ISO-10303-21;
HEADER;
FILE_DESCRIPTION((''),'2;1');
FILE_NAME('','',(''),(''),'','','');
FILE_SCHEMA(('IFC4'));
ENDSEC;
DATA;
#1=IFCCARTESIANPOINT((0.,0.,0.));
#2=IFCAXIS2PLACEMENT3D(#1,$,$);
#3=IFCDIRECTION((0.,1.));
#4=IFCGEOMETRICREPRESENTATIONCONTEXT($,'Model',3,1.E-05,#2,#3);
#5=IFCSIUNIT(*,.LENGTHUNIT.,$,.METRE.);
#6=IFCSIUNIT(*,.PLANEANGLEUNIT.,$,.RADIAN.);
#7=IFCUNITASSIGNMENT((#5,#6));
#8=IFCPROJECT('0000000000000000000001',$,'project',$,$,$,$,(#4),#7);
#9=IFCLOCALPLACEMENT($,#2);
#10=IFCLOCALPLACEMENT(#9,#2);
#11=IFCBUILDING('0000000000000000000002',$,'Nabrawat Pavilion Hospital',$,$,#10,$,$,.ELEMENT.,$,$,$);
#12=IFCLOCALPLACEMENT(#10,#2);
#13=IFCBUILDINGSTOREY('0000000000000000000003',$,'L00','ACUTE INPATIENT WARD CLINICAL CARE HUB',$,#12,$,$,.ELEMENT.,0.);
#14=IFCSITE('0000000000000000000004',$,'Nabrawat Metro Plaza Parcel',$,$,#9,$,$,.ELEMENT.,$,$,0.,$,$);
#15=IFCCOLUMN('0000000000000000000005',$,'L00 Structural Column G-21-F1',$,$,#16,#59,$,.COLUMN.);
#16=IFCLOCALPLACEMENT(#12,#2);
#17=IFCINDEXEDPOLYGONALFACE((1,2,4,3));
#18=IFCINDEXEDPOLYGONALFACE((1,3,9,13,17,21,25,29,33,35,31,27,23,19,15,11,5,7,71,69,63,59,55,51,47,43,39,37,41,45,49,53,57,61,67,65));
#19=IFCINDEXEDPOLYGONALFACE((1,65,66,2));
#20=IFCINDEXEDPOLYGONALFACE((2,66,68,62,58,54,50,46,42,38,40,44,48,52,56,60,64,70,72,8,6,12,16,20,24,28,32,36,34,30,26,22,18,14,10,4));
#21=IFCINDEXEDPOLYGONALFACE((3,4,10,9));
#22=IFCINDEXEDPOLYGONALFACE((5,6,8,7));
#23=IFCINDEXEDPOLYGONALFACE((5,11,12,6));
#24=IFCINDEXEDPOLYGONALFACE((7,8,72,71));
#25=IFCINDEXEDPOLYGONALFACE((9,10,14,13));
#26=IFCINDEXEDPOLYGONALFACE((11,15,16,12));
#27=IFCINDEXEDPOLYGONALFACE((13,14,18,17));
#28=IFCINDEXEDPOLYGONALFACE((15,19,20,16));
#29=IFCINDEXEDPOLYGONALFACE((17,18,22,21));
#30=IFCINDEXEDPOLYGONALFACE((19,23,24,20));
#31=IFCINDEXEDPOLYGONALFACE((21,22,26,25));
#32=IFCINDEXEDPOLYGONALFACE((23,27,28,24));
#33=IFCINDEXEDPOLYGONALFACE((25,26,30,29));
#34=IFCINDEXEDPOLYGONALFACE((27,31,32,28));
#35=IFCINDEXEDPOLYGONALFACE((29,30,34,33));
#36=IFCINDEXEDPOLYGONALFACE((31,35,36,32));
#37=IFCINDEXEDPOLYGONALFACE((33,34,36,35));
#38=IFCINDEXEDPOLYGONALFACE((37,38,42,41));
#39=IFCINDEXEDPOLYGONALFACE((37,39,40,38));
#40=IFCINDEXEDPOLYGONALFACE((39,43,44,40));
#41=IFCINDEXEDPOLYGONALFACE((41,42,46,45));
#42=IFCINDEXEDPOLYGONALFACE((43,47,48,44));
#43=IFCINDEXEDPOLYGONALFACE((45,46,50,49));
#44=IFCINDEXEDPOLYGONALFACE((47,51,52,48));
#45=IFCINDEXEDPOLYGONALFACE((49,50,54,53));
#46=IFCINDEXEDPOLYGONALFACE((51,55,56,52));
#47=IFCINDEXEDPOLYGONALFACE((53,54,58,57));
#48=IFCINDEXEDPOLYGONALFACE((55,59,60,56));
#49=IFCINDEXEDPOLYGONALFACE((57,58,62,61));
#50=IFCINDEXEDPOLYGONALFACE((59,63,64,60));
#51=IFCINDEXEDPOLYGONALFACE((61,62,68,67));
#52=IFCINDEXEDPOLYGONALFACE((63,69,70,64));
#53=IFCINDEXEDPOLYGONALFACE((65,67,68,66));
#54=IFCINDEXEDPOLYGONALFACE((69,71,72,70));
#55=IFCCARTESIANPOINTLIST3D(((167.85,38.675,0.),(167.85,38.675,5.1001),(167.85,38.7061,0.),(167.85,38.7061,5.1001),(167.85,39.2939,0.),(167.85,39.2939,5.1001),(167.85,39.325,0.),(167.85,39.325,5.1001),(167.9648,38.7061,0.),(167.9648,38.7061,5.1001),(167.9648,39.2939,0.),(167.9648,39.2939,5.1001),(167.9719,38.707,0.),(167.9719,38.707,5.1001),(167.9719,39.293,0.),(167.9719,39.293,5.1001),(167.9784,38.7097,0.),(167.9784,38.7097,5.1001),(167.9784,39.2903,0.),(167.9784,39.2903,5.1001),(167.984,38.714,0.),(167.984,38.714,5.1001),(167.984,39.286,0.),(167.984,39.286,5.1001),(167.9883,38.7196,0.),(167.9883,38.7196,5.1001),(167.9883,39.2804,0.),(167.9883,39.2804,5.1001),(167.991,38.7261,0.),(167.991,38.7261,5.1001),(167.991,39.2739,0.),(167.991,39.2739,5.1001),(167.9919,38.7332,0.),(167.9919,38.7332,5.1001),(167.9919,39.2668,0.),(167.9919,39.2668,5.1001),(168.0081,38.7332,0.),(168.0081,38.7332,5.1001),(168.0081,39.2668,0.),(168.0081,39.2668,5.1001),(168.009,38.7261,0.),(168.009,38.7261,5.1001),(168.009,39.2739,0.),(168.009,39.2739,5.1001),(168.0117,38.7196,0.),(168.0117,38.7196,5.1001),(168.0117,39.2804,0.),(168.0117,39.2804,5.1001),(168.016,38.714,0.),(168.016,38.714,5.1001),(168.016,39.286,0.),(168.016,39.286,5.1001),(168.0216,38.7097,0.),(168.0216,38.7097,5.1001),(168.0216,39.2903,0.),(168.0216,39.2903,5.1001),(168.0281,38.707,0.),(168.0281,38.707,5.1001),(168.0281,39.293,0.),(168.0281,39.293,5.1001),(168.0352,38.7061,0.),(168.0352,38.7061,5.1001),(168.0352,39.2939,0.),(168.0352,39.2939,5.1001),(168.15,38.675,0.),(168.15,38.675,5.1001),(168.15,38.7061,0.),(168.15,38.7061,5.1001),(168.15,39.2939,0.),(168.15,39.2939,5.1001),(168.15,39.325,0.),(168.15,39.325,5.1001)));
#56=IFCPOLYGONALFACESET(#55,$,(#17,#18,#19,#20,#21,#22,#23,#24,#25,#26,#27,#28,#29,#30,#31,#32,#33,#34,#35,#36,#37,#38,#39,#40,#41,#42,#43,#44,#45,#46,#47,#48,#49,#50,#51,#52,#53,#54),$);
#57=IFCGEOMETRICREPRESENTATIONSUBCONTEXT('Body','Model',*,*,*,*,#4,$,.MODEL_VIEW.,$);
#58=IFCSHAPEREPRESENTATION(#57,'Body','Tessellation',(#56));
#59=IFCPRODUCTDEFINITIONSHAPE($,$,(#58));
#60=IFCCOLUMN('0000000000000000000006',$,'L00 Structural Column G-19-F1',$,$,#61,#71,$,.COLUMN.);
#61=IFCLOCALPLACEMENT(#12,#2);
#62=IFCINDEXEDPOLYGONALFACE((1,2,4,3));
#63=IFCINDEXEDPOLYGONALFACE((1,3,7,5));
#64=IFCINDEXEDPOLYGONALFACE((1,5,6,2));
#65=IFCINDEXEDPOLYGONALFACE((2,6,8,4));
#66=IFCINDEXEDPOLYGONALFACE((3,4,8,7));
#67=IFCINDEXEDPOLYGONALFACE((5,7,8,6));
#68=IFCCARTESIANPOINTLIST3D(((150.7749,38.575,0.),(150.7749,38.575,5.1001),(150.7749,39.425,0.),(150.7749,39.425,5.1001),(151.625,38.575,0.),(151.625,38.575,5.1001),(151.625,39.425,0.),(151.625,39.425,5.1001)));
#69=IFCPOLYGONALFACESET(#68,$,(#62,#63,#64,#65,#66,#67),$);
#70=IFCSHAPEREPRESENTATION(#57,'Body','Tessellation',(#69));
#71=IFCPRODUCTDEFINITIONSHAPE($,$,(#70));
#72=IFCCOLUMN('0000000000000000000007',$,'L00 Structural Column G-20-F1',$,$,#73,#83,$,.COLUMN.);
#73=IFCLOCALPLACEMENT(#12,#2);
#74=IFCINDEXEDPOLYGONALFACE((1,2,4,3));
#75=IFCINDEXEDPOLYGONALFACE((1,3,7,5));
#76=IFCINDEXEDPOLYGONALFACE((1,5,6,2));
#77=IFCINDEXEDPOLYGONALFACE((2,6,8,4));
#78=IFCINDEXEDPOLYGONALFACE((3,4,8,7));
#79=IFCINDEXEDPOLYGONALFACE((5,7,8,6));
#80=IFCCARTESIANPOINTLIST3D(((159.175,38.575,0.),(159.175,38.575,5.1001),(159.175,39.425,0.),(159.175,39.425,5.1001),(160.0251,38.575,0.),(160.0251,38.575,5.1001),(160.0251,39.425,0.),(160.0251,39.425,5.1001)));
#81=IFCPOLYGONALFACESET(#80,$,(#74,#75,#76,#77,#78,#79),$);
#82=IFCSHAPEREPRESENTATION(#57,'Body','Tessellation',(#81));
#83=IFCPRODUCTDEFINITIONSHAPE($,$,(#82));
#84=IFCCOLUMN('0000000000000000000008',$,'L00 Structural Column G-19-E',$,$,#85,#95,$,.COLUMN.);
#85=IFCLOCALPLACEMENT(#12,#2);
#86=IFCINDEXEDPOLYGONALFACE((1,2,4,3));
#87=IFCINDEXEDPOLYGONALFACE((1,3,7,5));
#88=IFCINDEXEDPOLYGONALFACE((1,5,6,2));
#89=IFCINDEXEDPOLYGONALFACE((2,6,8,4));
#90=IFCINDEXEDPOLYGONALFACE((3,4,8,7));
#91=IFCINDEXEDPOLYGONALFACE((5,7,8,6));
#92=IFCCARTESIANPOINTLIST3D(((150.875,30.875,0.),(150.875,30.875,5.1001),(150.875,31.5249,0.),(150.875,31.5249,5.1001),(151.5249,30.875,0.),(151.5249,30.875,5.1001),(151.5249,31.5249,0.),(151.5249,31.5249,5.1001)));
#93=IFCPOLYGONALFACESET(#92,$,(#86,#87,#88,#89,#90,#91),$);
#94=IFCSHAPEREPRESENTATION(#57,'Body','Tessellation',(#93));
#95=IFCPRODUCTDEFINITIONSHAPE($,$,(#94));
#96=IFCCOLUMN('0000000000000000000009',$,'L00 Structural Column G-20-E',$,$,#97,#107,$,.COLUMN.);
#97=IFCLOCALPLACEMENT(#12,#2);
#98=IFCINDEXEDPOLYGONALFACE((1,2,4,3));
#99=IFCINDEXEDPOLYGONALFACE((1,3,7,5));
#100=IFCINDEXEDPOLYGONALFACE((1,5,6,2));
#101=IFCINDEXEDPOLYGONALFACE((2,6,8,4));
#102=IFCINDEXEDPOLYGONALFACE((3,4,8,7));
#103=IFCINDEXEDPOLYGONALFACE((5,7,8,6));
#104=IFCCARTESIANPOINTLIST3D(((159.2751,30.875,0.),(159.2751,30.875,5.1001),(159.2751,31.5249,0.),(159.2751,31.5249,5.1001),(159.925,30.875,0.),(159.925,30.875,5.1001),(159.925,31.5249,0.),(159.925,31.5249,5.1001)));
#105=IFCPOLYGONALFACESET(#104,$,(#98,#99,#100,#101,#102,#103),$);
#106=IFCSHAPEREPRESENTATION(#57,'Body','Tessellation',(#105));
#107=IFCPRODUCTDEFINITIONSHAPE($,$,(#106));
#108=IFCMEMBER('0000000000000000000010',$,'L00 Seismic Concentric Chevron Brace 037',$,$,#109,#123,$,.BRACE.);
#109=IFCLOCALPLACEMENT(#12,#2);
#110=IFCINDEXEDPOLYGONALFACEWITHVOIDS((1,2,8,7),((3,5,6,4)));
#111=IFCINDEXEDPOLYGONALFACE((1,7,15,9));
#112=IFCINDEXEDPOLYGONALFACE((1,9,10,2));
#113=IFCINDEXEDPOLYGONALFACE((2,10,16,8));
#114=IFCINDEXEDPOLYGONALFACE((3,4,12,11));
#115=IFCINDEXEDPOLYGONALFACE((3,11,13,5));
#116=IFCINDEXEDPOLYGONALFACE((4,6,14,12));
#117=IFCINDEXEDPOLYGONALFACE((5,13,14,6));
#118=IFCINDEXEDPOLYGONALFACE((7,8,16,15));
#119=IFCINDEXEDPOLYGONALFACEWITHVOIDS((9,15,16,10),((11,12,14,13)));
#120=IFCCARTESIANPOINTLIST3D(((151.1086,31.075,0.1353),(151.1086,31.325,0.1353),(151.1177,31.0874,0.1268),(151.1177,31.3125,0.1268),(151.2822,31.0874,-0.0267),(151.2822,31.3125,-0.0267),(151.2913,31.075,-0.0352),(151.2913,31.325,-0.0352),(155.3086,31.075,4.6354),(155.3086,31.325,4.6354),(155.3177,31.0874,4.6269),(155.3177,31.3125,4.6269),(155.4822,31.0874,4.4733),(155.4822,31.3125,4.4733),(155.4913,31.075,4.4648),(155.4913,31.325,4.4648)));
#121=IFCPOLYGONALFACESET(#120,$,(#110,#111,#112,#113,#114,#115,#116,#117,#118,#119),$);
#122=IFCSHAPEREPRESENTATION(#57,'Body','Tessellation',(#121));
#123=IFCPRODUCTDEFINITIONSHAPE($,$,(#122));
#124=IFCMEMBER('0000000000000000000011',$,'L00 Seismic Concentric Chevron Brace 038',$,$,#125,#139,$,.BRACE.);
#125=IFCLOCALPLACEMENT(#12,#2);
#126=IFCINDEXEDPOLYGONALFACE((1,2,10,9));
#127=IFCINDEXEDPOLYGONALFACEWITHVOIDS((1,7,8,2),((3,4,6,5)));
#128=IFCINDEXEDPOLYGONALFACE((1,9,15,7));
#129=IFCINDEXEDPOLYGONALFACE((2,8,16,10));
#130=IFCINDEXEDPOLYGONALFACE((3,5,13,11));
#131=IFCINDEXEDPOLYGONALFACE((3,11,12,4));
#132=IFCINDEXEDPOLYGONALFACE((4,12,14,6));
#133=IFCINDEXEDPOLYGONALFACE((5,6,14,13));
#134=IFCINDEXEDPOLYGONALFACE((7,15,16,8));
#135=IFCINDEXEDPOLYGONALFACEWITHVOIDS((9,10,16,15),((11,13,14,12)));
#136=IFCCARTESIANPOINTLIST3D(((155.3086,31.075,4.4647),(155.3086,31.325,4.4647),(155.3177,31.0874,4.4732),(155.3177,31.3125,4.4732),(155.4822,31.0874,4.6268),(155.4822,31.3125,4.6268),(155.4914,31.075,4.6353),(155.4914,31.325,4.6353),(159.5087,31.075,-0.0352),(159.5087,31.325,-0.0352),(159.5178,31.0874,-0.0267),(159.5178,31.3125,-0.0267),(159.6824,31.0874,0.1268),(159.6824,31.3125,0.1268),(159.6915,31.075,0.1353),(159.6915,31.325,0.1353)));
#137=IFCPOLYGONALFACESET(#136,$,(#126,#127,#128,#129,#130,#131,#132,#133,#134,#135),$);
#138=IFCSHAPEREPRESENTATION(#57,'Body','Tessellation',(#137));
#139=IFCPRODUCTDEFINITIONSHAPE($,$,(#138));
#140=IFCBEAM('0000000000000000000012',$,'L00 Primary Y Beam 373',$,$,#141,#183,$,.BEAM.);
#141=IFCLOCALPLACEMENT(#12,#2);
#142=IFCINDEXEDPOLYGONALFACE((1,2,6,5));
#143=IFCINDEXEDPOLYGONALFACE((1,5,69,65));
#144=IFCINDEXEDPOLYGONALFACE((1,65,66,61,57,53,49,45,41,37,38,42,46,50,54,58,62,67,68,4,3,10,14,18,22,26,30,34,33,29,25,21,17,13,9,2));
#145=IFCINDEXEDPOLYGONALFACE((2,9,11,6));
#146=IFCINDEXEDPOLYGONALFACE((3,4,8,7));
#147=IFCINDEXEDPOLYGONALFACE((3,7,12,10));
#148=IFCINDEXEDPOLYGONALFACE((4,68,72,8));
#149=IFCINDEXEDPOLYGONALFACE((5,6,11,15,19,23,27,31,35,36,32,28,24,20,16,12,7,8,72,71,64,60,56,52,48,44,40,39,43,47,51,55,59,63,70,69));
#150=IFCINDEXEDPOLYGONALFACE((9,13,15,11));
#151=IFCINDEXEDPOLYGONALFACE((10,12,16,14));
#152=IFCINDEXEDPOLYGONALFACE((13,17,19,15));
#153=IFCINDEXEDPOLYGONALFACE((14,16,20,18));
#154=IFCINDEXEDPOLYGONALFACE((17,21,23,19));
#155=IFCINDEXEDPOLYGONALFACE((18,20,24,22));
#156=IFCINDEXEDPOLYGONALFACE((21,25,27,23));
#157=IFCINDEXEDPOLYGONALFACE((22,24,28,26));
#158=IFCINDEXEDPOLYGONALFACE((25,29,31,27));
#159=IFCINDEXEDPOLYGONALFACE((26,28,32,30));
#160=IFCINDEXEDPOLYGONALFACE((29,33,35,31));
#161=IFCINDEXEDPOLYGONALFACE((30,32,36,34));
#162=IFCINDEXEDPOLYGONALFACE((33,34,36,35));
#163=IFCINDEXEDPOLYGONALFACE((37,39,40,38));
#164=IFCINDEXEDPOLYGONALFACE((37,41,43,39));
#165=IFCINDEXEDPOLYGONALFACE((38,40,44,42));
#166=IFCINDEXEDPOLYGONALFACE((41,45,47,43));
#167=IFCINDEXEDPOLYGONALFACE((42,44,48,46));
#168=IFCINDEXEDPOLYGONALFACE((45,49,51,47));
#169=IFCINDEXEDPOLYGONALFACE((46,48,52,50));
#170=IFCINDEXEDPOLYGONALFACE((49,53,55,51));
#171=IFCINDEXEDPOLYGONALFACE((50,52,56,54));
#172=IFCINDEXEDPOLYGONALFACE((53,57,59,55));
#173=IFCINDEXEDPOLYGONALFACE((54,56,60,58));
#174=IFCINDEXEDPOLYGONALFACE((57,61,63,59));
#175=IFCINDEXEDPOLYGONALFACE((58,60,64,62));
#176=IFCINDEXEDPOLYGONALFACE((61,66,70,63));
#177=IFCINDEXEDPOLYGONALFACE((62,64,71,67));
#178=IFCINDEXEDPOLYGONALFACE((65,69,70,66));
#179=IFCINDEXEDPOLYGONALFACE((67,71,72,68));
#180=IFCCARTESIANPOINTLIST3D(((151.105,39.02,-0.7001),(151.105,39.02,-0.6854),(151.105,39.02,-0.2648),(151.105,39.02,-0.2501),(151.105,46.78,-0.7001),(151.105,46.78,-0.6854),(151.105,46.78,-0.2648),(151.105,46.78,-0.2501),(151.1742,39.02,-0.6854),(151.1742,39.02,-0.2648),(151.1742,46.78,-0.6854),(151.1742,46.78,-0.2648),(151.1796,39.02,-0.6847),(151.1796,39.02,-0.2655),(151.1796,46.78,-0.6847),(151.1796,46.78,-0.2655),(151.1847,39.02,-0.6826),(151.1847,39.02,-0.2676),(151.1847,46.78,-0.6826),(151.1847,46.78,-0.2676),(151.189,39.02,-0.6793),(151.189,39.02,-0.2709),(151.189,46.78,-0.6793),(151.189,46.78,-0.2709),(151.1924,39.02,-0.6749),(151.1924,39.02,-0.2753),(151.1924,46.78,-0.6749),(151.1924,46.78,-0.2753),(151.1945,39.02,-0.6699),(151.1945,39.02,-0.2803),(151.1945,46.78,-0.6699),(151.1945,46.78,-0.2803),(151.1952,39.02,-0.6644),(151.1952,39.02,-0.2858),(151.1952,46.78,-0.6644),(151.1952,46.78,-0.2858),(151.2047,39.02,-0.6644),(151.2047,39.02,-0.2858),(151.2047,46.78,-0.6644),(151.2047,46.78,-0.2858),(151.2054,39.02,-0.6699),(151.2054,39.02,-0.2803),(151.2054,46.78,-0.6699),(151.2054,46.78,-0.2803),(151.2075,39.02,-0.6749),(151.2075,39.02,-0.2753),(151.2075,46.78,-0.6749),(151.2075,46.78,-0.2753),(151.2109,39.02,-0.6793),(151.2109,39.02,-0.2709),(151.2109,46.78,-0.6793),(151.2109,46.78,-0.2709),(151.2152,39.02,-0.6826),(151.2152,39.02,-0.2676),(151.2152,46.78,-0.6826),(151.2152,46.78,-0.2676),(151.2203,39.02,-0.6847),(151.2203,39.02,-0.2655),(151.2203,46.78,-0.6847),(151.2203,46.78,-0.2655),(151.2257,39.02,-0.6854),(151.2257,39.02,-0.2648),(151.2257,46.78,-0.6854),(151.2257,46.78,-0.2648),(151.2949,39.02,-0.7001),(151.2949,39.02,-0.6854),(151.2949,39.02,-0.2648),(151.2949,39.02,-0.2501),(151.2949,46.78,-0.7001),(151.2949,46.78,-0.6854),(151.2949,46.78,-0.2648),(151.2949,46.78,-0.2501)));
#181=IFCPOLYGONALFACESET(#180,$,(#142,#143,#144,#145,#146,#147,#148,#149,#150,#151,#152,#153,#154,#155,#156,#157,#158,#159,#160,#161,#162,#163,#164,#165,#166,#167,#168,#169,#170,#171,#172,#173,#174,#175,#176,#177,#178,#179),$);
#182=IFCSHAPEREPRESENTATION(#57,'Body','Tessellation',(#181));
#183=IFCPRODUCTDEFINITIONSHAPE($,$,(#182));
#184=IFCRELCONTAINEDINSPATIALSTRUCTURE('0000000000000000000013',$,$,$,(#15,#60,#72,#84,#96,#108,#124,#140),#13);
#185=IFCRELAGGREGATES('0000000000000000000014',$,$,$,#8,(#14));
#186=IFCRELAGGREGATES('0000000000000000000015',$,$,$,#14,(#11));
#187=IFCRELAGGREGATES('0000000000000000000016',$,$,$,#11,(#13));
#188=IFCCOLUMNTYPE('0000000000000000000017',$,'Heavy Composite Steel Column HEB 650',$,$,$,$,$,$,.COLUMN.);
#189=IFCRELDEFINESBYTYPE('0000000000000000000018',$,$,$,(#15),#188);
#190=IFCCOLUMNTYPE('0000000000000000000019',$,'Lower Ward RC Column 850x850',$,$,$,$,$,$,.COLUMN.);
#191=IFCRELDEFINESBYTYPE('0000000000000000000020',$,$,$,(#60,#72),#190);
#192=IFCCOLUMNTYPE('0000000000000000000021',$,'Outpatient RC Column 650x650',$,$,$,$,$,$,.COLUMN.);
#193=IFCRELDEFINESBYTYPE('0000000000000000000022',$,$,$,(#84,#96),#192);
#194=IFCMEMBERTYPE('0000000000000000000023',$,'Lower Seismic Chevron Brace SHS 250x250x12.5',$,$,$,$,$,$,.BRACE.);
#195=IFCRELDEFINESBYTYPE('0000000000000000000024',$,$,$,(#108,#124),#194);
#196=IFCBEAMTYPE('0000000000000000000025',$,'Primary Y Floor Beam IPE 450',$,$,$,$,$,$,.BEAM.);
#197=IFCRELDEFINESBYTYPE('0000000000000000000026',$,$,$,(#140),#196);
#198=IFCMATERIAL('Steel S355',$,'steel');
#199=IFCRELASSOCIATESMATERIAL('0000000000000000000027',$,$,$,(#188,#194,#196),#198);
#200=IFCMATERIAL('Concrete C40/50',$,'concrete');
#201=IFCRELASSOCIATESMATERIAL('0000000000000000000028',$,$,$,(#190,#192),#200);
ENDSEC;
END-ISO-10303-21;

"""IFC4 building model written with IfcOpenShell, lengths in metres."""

from ifc_helpers import new_model, si_unit, direction, frame, origin, origin_2d, place, context, subcontext, project, spatial, rectangle, hollow_rectangle, i_section, extrude, material, material_profile, profile_set, type_object, element, save


model = new_model("IFC4")

# Units and contexts
model_context = context("Model", 3, precision=1e-05, world=origin(), true_north=direction((0.0, 1.0)))
body_context = subcontext(model_context, "Body", "Model", "MODEL_VIEW")
ifc_project = project(units=[si_unit("LENGTHUNIT", "METRE"), si_unit("PLANEANGLEUNIT", "RADIAN")], contexts=[model_context])

# Site, building, storey
site_placement = place(None, origin())
site = spatial("IfcSite", under=ifc_project, at=site_placement, Name="Nabrawat Metro Plaza Parcel", CompositionType="ELEMENT", RefElevation=0.0)
building_placement = place(site_placement, origin())
building = spatial("IfcBuilding", under=site, at=building_placement, Name="Nabrawat Pavilion Hospital", CompositionType="ELEMENT")
storey_placement = place(building_placement, origin())
storey = spatial("IfcBuildingStorey", under=building, at=storey_placement, Name="L00", Description="ACUTE INPATIENT WARD CLINICAL CARE HUB", CompositionType="ELEMENT", Elevation=0.0)

# Columns
ifc_material_1 = material(Name="Steel S355", Category="steel")
ifc_material_profile_1 = material_profile(ifc_material_1, i_section(OverallWidth=0.3, OverallDepth=0.6499, WebThickness=0.0161, FlangeThickness=0.031, FilletRadius=0.0271, at=origin_2d()), Name="HEB 650")
ifc_profile_set_1 = profile_set([ifc_material_profile_1], Name="Steel S355")
column_type_1 = type_object("IfcColumnType", Name="Heavy Composite Steel Column HEB 650", PredefinedType="COLUMN", material=ifc_profile_set_1)
column_placement = place(storey_placement, frame((168.0, 39.0, 0.0), z_axis=(0.0, 0.0, 1.0), x_axis=(1.0, 0.0, 0.0)))
element("IfcColumn", 1, at=column_placement, inside=storey, type_object=column_type_1, Name="L00 Structural Column G-21-F1", PredefinedType="COLUMN", context=body_context, shape_type="SweptSolid", body=[
    extrude(i_section(OverallWidth=0.3, OverallDepth=0.6499, WebThickness=0.0161, FlangeThickness=0.031, FilletRadius=0.0271, at=origin_2d()), origin(), (0.0, 0.0, 1.0), 5.1001),
])
ifc_material_2 = material(Name="Concrete C40/50", Category="concrete")
ifc_material_profile_2 = material_profile(ifc_material_2, rectangle(XDim=0.8501, YDim=0.8501, at=origin_2d()), Name="RC 850x850")
ifc_profile_set_2 = profile_set([ifc_material_profile_2], Name="Concrete C40/50")
column_type_2 = type_object("IfcColumnType", Name="Lower Ward RC Column 850x850", PredefinedType="COLUMN", material=ifc_profile_set_2)
for number, where, z_axis, x_axis, name in (
    (2, (151.2, 39.0, 0.0), (0.0, 0.0, 1.0), (1.0, 0.0, 0.0), "L00 Structural Column G-19-F1"),
    (3, (159.6001, 39.0, 0.0), (0.0, 0.0, 1.0), (1.0, 0.0, 0.0), "L00 Structural Column G-20-F1"),
):
    element("IfcColumn", number, at=place(storey_placement, frame(where, z_axis=z_axis, x_axis=x_axis)), inside=storey, type_object=column_type_2, Name=name, PredefinedType="COLUMN", context=body_context, shape_type="SweptSolid", body=[
        extrude(rectangle(XDim=0.8501, YDim=0.8501, at=origin_2d()), origin(), (0.0, 0.0, 1.0), 5.1001),
    ])
ifc_material_profile_3 = material_profile(ifc_material_2, rectangle(XDim=0.6499, YDim=0.6499, at=origin_2d()), Name="RC 650x650")
ifc_profile_set_3 = profile_set([ifc_material_profile_3], Name="Concrete C40/50")
column_type_3 = type_object("IfcColumnType", Name="Outpatient RC Column 650x650", PredefinedType="COLUMN", material=ifc_profile_set_3)
for number, where, z_axis, x_axis, name in (
    (4, (151.2, 31.2, 0.0), (0.0, 0.0, 1.0), (1.0, 0.0, 0.0), "L00 Structural Column G-19-E"),
    (5, (159.6001, 31.2, 0.0), (0.0, 0.0, 1.0), (1.0, 0.0, 0.0), "L00 Structural Column G-20-E"),
):
    element("IfcColumn", number, at=place(storey_placement, frame(where, z_axis=z_axis, x_axis=x_axis)), inside=storey, type_object=column_type_3, Name=name, PredefinedType="COLUMN", context=body_context, shape_type="SweptSolid", body=[
        extrude(rectangle(XDim=0.6499, YDim=0.6499, at=origin_2d()), origin(), (0.0, 0.0, 1.0), 5.1001),
    ])

# Members
ifc_material_profile_4 = material_profile(ifc_material_1, hollow_rectangle(XDim=0.25, YDim=0.25, WallThickness=0.0125, at=origin_2d()), Name="SHS 250x250x12.5")
ifc_profile_set_4 = profile_set([ifc_material_profile_4], Name="Steel S355")
member_type = type_object("IfcMemberType", Name="Lower Seismic Chevron Brace SHS 250x250x12.5", PredefinedType="BRACE", material=ifc_profile_set_4)
for number, where, z_axis, x_axis, name in (
    (6, (151.2, 31.2, 0.05), (0.682314, 0.0, 0.731059), (0.0, 1.0, 0.0), "L00 Seismic Concentric Chevron Brace 037"),
    (7, (159.6001, 31.2, 0.05), (-0.682335, 0.0, 0.731039), (0.0, -1.0, 0.0), "L00 Seismic Concentric Chevron Brace 038"),
):
    element("IfcMember", number, at=place(storey_placement, frame(where, z_axis=z_axis, x_axis=x_axis)), inside=storey, type_object=member_type, Name=name, PredefinedType="BRACE", context=body_context, shape_type="SweptSolid", body=[
        extrude(hollow_rectangle(XDim=0.25, YDim=0.25, WallThickness=0.0125, at=origin_2d()), origin(), (0.0, 0.0, 1.0), 6.1555),
    ])

# Beam
ifc_material_profile_5 = material_profile(ifc_material_1, i_section(OverallWidth=0.1899, OverallDepth=0.45, WebThickness=0.0095, FlangeThickness=0.0146, FilletRadius=0.021, at=origin_2d()), Name="IPE 450")
ifc_profile_set_5 = profile_set([ifc_material_profile_5], Name="Steel S355")
beam_type_1 = type_object("IfcBeamType", Name="Primary Y Floor Beam IPE 450", PredefinedType="BEAM", material=ifc_profile_set_5)
for number, where, z_axis, x_axis, name in (
    (8, (151.2, 39.02, -0.4751), (0.0, 1.0, 0.0), (-1.0, 0.0, 0.0), "L00 Primary Y Beam 373"),
):
    element("IfcBeam", number, at=place(storey_placement, frame(where, z_axis=z_axis, x_axis=x_axis)), inside=storey, type_object=beam_type_1, Name=name, PredefinedType="BEAM", context=body_context, shape_type="SweptSolid", body=[
        extrude(i_section(OverallWidth=0.1899, OverallDepth=0.45, WebThickness=0.0095, FlangeThickness=0.0146, FilletRadius=0.021, at=origin_2d()), origin(), (0.0, 0.0, 1.0), 7.76),
    ])

save(model, "model.ifc")
